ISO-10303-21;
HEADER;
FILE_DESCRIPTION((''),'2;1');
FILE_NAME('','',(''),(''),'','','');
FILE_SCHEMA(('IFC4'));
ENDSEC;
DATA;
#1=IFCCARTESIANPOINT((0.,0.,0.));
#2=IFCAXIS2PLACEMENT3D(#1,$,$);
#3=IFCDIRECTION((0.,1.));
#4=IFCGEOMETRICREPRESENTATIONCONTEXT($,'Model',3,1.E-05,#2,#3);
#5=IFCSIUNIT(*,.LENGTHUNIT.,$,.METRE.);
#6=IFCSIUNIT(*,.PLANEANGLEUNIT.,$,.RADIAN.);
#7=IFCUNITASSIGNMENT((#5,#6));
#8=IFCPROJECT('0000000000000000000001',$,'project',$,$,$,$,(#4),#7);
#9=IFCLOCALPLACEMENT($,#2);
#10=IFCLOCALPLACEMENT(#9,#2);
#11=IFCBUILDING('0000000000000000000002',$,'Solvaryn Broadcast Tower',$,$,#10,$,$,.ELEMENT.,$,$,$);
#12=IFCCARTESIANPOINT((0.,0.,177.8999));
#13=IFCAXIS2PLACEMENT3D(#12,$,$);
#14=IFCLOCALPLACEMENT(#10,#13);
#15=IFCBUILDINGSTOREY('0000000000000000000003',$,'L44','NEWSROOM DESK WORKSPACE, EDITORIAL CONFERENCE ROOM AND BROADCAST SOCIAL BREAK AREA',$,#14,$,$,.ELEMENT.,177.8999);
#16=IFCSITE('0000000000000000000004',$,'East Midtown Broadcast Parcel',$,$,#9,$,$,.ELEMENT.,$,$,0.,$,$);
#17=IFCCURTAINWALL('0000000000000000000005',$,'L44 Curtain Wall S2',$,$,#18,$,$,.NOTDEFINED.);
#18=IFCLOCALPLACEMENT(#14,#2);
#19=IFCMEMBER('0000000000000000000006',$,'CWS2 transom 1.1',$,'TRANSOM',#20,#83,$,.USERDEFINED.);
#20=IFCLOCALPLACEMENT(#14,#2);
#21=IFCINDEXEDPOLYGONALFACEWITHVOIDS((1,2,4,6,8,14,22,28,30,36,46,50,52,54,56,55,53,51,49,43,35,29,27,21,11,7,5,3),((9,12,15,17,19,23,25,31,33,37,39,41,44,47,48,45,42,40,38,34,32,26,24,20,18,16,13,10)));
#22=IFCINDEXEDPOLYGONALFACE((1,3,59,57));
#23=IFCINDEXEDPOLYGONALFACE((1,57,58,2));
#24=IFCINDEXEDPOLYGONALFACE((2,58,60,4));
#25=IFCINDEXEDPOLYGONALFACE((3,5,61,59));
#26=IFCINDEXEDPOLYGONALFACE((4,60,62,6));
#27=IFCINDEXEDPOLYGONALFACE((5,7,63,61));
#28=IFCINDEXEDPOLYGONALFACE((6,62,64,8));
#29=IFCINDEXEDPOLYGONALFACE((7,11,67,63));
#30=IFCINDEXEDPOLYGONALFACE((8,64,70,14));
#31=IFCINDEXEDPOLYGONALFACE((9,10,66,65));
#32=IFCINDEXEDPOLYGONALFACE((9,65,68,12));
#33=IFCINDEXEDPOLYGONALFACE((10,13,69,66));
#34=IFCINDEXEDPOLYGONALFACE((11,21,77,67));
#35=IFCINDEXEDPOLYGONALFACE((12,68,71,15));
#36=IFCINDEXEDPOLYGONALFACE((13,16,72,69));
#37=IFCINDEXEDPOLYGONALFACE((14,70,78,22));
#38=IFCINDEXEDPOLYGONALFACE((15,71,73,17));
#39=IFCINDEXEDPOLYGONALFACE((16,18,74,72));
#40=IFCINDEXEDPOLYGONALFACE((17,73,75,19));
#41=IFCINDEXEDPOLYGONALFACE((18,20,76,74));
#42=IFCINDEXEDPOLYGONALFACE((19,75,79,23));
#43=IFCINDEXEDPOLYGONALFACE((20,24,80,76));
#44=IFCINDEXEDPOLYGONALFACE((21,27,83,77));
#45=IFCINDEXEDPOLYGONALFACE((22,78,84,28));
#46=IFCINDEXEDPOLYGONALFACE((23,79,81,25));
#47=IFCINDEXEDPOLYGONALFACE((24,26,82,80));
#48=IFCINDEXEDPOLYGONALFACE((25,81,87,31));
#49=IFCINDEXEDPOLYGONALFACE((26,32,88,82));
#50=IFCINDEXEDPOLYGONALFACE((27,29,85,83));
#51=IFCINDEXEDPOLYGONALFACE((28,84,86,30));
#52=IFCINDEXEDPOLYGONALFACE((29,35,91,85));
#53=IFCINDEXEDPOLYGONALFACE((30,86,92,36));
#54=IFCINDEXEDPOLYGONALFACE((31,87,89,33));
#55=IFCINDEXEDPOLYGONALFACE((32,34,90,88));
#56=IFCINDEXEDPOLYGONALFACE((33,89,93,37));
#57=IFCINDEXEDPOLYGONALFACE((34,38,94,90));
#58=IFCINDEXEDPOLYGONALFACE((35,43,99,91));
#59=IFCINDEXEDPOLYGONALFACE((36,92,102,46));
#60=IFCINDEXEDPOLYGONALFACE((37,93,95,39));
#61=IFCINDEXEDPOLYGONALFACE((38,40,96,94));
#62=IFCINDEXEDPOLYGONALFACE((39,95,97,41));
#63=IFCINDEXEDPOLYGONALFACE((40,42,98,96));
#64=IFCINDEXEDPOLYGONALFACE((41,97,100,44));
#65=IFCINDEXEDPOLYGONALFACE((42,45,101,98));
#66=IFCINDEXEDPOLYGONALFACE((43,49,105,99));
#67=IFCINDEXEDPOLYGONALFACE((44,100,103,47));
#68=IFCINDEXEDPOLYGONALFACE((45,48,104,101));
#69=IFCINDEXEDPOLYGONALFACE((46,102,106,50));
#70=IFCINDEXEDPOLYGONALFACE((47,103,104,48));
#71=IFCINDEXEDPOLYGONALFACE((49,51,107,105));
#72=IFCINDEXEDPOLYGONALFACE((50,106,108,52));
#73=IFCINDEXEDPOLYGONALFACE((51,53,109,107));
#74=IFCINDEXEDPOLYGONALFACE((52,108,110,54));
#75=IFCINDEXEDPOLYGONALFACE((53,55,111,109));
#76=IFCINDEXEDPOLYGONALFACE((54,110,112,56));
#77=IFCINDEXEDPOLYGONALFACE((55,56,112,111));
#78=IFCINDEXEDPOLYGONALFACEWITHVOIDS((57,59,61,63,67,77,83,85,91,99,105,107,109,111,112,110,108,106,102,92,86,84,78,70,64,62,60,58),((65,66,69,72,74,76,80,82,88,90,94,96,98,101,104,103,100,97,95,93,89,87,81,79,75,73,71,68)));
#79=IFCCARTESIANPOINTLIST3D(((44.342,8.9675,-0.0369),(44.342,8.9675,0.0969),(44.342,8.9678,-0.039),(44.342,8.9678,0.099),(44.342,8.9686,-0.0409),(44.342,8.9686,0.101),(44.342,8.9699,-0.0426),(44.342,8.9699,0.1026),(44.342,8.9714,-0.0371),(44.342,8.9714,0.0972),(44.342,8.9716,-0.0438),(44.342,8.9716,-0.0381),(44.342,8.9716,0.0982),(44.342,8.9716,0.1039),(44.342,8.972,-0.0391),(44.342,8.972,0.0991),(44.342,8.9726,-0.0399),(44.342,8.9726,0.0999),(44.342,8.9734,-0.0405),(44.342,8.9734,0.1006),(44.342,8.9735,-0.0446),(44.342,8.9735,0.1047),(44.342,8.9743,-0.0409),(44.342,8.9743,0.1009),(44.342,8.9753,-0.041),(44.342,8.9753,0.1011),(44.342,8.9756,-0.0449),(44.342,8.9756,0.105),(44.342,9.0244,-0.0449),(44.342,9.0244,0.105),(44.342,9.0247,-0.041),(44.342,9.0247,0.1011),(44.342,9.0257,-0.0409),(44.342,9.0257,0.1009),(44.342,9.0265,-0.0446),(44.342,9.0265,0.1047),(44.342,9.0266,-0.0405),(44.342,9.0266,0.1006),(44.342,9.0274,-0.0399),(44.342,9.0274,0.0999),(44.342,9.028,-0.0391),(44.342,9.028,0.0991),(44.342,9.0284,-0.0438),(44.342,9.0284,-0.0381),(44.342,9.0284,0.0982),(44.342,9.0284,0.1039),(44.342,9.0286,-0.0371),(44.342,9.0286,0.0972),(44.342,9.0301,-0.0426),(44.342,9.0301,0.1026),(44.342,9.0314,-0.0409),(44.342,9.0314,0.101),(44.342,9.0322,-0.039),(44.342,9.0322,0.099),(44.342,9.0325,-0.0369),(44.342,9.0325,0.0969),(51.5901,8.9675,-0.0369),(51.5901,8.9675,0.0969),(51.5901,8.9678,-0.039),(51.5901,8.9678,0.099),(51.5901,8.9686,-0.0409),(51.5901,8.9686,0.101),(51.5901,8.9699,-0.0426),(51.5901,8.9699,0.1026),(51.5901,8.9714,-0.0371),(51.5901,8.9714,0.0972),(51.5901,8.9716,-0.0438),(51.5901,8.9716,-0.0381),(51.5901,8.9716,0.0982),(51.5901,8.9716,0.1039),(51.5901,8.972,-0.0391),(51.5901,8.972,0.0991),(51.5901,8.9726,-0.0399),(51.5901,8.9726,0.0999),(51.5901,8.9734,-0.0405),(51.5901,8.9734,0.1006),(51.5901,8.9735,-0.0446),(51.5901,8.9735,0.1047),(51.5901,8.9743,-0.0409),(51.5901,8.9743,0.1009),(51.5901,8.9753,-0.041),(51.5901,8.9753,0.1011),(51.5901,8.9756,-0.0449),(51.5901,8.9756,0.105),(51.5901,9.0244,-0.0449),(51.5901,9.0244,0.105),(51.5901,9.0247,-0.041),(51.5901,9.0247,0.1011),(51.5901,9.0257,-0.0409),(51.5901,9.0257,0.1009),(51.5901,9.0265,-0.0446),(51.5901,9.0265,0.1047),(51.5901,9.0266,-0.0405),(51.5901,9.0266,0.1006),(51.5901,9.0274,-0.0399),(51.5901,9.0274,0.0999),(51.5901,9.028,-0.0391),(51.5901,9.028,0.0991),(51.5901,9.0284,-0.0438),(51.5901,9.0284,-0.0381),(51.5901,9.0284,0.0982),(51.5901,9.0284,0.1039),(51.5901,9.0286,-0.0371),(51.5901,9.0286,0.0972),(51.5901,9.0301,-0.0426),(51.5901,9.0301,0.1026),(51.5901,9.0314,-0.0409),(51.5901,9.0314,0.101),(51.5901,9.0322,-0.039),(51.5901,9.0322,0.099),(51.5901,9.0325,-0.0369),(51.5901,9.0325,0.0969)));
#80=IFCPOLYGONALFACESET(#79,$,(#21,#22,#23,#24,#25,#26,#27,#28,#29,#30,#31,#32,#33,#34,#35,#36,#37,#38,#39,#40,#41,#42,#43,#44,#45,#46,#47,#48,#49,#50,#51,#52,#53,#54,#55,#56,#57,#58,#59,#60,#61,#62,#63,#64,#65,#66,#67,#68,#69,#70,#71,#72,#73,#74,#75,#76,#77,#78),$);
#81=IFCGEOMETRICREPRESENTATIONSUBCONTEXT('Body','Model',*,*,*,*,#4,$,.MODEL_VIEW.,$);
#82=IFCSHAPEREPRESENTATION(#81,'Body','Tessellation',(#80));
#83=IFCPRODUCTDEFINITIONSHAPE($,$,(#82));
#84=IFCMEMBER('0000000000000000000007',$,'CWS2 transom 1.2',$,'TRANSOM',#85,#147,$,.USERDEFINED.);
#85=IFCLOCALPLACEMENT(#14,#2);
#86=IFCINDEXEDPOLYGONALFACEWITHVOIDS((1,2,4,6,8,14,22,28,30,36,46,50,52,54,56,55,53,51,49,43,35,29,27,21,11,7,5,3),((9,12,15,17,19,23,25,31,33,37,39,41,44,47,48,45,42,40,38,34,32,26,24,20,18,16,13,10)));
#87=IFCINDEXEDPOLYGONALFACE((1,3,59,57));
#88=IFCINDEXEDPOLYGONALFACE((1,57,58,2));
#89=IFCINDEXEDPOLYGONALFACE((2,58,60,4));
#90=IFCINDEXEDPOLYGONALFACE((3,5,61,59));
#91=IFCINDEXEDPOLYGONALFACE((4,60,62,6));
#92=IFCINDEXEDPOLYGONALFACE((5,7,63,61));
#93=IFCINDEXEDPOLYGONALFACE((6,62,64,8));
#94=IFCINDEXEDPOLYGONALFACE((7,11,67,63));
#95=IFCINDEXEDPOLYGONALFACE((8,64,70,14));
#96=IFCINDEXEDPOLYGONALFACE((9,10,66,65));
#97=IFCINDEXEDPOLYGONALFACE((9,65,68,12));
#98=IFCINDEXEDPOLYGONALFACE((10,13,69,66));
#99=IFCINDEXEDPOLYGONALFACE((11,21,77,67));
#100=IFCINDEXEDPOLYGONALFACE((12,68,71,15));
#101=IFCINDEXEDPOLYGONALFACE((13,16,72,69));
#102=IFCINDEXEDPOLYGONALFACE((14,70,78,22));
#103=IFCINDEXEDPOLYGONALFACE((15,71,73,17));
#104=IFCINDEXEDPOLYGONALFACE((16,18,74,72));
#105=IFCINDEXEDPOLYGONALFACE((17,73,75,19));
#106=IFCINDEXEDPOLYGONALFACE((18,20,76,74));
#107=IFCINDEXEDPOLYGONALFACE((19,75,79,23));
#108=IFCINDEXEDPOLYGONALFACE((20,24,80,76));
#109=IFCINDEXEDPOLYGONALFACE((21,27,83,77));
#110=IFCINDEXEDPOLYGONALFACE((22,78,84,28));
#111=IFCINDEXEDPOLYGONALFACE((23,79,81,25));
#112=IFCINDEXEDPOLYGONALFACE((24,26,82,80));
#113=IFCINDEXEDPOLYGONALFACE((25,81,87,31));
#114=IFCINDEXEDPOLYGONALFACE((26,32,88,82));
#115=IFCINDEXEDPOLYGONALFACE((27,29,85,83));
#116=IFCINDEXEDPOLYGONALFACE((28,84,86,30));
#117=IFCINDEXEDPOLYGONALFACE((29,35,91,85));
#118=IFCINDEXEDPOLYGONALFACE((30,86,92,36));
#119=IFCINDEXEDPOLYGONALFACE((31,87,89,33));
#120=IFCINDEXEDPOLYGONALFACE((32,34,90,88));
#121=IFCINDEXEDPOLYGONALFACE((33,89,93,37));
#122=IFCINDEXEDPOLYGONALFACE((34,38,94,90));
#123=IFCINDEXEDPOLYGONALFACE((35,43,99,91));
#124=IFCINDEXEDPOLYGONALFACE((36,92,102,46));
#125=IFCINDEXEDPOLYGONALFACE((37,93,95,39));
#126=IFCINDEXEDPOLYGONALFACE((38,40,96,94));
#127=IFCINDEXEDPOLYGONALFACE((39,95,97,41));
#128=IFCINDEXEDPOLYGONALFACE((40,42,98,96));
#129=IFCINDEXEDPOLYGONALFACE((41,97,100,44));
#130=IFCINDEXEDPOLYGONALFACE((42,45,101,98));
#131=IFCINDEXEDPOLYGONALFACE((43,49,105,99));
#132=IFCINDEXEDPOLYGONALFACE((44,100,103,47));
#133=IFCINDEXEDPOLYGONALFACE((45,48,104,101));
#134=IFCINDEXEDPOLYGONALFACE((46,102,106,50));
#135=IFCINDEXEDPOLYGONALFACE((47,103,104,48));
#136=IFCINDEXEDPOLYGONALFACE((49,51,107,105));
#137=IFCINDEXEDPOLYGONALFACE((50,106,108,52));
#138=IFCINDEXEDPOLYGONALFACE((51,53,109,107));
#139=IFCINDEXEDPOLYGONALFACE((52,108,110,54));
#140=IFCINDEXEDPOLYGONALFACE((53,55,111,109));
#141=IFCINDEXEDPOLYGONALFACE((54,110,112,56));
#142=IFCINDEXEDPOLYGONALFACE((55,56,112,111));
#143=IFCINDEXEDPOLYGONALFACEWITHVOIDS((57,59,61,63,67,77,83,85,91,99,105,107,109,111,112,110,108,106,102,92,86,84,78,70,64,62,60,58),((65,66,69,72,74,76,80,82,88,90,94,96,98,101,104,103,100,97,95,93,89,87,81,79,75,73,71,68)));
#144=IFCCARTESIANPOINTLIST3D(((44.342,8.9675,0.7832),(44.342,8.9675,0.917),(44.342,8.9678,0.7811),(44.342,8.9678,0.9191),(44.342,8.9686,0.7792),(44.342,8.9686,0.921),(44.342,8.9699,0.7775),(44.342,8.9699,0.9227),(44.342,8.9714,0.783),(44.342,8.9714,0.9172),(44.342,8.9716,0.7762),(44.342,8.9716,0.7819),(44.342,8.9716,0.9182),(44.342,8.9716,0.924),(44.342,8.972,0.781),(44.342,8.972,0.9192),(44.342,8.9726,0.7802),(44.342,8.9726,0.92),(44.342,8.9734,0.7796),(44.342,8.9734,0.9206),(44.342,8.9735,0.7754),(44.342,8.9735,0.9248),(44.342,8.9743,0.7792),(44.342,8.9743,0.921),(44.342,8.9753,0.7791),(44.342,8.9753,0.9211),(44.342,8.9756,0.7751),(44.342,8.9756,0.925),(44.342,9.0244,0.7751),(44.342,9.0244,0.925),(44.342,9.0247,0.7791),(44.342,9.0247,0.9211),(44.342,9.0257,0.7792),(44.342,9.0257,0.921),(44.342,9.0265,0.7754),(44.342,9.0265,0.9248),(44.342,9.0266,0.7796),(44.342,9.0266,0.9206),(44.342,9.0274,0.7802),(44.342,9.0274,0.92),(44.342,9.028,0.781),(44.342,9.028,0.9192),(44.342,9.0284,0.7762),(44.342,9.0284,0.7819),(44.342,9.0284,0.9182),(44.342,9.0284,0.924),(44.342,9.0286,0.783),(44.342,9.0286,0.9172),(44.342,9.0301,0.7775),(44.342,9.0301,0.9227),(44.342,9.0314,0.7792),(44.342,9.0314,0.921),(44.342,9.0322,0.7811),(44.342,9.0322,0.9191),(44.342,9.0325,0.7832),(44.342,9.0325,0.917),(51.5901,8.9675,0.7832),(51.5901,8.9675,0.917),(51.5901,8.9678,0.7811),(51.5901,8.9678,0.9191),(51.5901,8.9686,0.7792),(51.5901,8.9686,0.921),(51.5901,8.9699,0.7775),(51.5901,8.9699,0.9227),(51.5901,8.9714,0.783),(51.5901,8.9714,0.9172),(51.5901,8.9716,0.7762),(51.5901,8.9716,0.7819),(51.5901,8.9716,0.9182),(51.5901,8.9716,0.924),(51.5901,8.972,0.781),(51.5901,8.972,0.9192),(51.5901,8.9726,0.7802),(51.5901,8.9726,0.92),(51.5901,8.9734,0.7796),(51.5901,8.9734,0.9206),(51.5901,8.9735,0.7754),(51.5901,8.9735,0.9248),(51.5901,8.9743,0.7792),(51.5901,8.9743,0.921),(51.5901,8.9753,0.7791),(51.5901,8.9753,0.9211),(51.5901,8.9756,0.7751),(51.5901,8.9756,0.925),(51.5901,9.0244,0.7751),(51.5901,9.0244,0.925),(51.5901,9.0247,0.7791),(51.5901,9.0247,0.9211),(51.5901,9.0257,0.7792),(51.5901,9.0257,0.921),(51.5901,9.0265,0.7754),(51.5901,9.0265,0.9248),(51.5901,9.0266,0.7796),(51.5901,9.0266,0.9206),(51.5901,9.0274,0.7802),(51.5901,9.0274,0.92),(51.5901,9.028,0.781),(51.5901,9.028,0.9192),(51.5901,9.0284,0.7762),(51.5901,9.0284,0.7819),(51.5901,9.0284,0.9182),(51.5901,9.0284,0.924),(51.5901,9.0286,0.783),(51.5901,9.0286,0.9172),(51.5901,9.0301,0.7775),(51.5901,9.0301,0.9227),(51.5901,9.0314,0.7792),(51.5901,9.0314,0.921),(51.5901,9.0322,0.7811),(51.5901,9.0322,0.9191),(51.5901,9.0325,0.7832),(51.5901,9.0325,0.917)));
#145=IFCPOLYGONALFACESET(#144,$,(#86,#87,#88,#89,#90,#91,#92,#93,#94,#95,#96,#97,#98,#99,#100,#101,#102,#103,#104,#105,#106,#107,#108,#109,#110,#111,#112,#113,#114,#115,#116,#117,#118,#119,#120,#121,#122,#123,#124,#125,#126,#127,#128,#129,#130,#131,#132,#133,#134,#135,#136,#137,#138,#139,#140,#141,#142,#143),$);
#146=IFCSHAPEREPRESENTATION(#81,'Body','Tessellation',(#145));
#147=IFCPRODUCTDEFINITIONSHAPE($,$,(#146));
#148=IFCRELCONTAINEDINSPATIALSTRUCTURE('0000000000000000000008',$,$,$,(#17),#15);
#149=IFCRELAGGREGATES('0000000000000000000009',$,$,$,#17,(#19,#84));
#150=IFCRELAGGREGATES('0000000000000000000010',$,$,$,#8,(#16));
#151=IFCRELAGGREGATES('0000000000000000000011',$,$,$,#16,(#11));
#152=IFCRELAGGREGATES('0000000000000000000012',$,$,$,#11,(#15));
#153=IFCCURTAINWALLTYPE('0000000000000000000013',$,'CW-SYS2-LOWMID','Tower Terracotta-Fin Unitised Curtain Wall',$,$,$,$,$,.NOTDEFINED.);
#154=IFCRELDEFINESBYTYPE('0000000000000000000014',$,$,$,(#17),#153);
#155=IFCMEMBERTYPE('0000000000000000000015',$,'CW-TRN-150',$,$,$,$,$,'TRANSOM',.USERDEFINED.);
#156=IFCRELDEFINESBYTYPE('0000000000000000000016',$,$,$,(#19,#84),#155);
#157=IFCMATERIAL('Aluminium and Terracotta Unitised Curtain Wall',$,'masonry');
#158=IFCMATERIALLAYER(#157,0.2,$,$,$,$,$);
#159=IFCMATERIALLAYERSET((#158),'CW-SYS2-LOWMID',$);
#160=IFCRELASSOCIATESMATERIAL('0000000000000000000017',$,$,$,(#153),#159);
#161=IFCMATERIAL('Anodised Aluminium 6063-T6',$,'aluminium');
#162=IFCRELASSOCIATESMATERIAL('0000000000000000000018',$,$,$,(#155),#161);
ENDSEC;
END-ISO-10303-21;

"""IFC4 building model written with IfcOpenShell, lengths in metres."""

from ifc_helpers import new_model, si_unit, direction, frame, origin, origin_2d, place, context, subcontext, project, spatial, hollow_rectangle, extrude, material, layer, layer_set, material_profile, profile_set, type_object, element, aggregate, save


model = new_model("IFC4")

# Units and contexts
model_context = context("Model", 3, precision=1e-05, world=origin(), true_north=direction((0.0, 1.0)))
body_context = subcontext(model_context, "Body", "Model", "MODEL_VIEW")
ifc_project = project(units=[si_unit("LENGTHUNIT", "METRE"), si_unit("PLANEANGLEUNIT", "RADIAN")], contexts=[model_context])

# Site, building, storey
site_placement = place(None, origin())
site = spatial("IfcSite", under=ifc_project, at=site_placement, Name="East Midtown Broadcast Parcel", CompositionType="ELEMENT", RefElevation=0.0)
building_placement = place(site_placement, origin())
building = spatial("IfcBuilding", under=site, at=building_placement, Name="Solvaryn Broadcast Tower", CompositionType="ELEMENT")
storey_placement = place(building_placement, frame((0.0, 0.0, 177.8999)))
storey = spatial("IfcBuildingStorey", under=building, at=storey_placement, Name="L44", Description="NEWSROOM DESK WORKSPACE, EDITORIAL CONFERENCE ROOM AND BROADCAST SOCIAL BREAK AREA", CompositionType="ELEMENT", Elevation=177.8999)

# Shared definitions
ifc_material_1 = material(Name="Aluminium and Terracotta Unitised Curtain Wall", Category="masonry")
ifc_layer_1 = layer(ifc_material_1, 0.2)
ifc_layer_set_1 = layer_set([ifc_layer_1], Name="CW-SYS2-LOWMID")
curtain_wall_type = type_object("IfcCurtainWallType", Name="CW-SYS2-LOWMID", Description="Tower Terracotta-Fin Unitised Curtain Wall", PredefinedType="NOTDEFINED", material=ifc_layer_set_1)

# Curtain wall, members
curtain_wall_1_placement = place(storey_placement, origin())
curtain_wall_1 = element("IfcCurtainWall", 1, at=curtain_wall_1_placement, inside=storey, type_object=curtain_wall_type, Name="L44 Curtain Wall S2", PredefinedType="NOTDEFINED")
ifc_material_2 = material(Name="Anodised Aluminium 6063-T6", Category="aluminium")
ifc_material_profile_1 = material_profile(ifc_material_2, hollow_rectangle(XDim=0.0649, YDim=0.1499, WallThickness=0.0039, InnerFilletRadius=0.0039, OuterFilletRadius=0.0081, at=origin_2d()))
ifc_profile_set_1 = profile_set([ifc_material_profile_1], Name="Anodised Aluminium 6063-T6")
member_type_1 = type_object("IfcMemberType", Name="CW-TRN-150", ElementType="TRANSOM", PredefinedType="USERDEFINED", material=ifc_profile_set_1)
member_1_placement = place(storey_placement, frame((44.342, 9.0, 0.03), z_axis=(1.0, 0.0, 0.0), x_axis=(0.0, 1.0, 0.0)))
member_1 = element("IfcMember", 2, at=member_1_placement, type_object=member_type_1, Name="CWS2 transom 1.1", ObjectType="TRANSOM", PredefinedType="USERDEFINED", context=body_context, shape_type="SweptSolid", body=[
    extrude(hollow_rectangle(XDim=0.0649, YDim=0.1499, WallThickness=0.0039, InnerFilletRadius=0.0039, OuterFilletRadius=0.0081, at=origin_2d()), origin(), (0.0, 0.0, 1.0), 7.248),
])
member_2_placement = place(storey_placement, frame((44.342, 9.0, 0.8501), z_axis=(1.0, 0.0, 0.0), x_axis=(0.0, 1.0, 0.0)))
member_2 = element("IfcMember", 3, at=member_2_placement, type_object=member_type_1, Name="CWS2 transom 1.2", ObjectType="TRANSOM", PredefinedType="USERDEFINED", context=body_context, shape_type="SweptSolid", body=[
    extrude(hollow_rectangle(XDim=0.0649, YDim=0.1499, WallThickness=0.0039, InnerFilletRadius=0.0039, OuterFilletRadius=0.0081, at=origin_2d()), origin(), (0.0, 0.0, 1.0), 7.248),
])
aggregate(curtain_wall_1, [member_1, member_2])

save(model, "model.ifc")
